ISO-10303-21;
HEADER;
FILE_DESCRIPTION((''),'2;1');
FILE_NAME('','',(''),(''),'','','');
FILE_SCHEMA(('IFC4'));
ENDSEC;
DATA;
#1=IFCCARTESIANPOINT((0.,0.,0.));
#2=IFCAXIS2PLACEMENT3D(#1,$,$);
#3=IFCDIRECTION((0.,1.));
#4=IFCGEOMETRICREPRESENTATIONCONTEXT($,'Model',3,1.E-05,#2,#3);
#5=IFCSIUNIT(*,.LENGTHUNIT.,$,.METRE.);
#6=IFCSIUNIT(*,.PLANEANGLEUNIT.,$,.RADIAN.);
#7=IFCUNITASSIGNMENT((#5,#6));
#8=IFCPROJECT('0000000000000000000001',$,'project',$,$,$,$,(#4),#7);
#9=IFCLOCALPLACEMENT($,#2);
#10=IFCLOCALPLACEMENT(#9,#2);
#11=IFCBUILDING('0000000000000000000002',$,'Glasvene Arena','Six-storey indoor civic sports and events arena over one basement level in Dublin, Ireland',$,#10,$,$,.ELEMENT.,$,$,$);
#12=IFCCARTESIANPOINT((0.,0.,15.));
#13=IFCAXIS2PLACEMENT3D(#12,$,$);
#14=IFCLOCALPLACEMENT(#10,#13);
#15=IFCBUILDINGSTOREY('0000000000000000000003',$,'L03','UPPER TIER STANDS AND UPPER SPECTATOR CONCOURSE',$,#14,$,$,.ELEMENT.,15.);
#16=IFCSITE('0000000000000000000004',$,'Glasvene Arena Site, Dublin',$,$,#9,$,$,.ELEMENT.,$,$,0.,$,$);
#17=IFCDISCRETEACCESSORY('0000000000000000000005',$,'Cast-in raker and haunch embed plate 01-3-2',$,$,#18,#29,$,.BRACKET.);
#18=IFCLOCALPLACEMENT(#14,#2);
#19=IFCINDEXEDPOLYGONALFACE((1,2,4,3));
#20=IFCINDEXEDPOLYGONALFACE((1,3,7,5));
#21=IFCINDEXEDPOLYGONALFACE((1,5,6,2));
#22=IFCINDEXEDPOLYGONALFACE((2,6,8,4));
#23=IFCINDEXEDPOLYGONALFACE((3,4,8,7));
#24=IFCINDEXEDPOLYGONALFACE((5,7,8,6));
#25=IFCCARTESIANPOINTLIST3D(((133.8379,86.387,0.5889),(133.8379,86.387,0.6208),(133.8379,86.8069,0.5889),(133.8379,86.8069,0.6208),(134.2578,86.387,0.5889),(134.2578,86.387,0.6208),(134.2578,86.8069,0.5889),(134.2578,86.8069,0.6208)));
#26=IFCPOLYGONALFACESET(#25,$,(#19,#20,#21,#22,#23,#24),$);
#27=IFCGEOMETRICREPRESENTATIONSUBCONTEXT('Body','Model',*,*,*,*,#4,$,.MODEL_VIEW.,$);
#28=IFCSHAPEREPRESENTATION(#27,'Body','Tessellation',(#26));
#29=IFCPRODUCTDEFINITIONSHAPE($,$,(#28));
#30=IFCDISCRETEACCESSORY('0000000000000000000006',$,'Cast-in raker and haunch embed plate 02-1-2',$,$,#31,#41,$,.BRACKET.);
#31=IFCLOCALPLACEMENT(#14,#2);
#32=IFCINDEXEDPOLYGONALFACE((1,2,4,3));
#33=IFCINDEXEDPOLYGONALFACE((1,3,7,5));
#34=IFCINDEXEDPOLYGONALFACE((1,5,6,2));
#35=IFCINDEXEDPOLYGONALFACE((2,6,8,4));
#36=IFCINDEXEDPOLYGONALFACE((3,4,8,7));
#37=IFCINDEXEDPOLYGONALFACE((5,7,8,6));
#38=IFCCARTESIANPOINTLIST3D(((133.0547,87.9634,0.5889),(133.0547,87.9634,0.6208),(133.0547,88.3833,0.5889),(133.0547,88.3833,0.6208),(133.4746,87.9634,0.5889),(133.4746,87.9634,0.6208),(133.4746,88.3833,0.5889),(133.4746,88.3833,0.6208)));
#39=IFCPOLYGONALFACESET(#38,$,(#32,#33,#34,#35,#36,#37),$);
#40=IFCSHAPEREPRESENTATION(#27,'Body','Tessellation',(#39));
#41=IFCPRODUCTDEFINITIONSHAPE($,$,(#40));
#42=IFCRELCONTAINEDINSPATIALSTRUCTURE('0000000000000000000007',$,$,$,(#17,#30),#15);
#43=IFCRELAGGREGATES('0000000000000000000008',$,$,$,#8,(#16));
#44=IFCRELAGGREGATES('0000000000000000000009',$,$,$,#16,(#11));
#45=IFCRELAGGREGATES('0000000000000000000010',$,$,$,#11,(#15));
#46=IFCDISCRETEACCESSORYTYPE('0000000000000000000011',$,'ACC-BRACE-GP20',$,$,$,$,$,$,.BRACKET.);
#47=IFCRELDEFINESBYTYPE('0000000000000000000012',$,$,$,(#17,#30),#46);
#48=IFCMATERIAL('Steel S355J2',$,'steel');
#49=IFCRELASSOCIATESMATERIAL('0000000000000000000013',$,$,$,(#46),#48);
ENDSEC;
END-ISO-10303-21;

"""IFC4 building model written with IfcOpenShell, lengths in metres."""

from ifc_helpers import new_model, si_unit, direction, frame, origin, origin_2d, place, context, subcontext, project, spatial, rectangle, extrude, material, type_object, element, save


model = new_model("IFC4")

# Units and contexts
model_context = context("Model", 3, precision=1e-05, world=origin(), true_north=direction((0.0, 1.0)))
body_context = subcontext(model_context, "Body", "Model", "MODEL_VIEW")
ifc_project = project(units=[si_unit("LENGTHUNIT", "METRE"), si_unit("PLANEANGLEUNIT", "RADIAN")], contexts=[model_context])

# Site, building, storey
site_placement = place(None, origin())
site = spatial("IfcSite", under=ifc_project, at=site_placement, Name="Glasvene Arena Site, Dublin", CompositionType="ELEMENT", RefElevation=0.0)
building_placement = place(site_placement, origin())
building = spatial("IfcBuilding", under=site, at=building_placement, Name="Glasvene Arena", Description="Six-storey indoor civic sports and events arena over one basement level in Dublin, Ireland", CompositionType="ELEMENT")
storey_placement = place(building_placement, frame((0.0, 0.0, 15.0)))
storey = spatial("IfcBuildingStorey", under=building, at=storey_placement, Name="L03", Description="UPPER TIER STANDS AND UPPER SPECTATOR CONCOURSE", CompositionType="ELEMENT", Elevation=15.0)

# Shared definitions
ifc_material_1 = material(Name="Steel S355J2", Category="steel")

# Discrete accessories
discrete_accessory_type = type_object("IfcDiscreteAccessoryType", Name="ACC-BRACE-GP20", PredefinedType="BRACKET", material=ifc_material_1)
for number, where, z_axis, x_axis, name in (
    (1, (134.0479, 86.5969, 0.5889), (0.0, 0.0, 1.0), (1.0, 0.0, 0.0), "Cast-in raker and haunch embed plate 01-3-2"),
    (2, (133.2646, 88.1733, 0.5889), (0.0, 0.0, 1.0), (1.0, 0.0, 0.0), "Cast-in raker and haunch embed plate 02-1-2"),
):
    element("IfcDiscreteAccessory", number, at=place(storey_placement, frame(where, z_axis=z_axis, x_axis=x_axis)), inside=storey, type_object=discrete_accessory_type, Name=name, PredefinedType="BRACKET", context=body_context, shape_type="SweptSolid", body=[
        extrude(rectangle(XDim=0.4199, YDim=0.4199, at=origin_2d()), origin(), (0.0, 0.0, 1.0), 0.032),
    ])

save(model, "model.ifc")
